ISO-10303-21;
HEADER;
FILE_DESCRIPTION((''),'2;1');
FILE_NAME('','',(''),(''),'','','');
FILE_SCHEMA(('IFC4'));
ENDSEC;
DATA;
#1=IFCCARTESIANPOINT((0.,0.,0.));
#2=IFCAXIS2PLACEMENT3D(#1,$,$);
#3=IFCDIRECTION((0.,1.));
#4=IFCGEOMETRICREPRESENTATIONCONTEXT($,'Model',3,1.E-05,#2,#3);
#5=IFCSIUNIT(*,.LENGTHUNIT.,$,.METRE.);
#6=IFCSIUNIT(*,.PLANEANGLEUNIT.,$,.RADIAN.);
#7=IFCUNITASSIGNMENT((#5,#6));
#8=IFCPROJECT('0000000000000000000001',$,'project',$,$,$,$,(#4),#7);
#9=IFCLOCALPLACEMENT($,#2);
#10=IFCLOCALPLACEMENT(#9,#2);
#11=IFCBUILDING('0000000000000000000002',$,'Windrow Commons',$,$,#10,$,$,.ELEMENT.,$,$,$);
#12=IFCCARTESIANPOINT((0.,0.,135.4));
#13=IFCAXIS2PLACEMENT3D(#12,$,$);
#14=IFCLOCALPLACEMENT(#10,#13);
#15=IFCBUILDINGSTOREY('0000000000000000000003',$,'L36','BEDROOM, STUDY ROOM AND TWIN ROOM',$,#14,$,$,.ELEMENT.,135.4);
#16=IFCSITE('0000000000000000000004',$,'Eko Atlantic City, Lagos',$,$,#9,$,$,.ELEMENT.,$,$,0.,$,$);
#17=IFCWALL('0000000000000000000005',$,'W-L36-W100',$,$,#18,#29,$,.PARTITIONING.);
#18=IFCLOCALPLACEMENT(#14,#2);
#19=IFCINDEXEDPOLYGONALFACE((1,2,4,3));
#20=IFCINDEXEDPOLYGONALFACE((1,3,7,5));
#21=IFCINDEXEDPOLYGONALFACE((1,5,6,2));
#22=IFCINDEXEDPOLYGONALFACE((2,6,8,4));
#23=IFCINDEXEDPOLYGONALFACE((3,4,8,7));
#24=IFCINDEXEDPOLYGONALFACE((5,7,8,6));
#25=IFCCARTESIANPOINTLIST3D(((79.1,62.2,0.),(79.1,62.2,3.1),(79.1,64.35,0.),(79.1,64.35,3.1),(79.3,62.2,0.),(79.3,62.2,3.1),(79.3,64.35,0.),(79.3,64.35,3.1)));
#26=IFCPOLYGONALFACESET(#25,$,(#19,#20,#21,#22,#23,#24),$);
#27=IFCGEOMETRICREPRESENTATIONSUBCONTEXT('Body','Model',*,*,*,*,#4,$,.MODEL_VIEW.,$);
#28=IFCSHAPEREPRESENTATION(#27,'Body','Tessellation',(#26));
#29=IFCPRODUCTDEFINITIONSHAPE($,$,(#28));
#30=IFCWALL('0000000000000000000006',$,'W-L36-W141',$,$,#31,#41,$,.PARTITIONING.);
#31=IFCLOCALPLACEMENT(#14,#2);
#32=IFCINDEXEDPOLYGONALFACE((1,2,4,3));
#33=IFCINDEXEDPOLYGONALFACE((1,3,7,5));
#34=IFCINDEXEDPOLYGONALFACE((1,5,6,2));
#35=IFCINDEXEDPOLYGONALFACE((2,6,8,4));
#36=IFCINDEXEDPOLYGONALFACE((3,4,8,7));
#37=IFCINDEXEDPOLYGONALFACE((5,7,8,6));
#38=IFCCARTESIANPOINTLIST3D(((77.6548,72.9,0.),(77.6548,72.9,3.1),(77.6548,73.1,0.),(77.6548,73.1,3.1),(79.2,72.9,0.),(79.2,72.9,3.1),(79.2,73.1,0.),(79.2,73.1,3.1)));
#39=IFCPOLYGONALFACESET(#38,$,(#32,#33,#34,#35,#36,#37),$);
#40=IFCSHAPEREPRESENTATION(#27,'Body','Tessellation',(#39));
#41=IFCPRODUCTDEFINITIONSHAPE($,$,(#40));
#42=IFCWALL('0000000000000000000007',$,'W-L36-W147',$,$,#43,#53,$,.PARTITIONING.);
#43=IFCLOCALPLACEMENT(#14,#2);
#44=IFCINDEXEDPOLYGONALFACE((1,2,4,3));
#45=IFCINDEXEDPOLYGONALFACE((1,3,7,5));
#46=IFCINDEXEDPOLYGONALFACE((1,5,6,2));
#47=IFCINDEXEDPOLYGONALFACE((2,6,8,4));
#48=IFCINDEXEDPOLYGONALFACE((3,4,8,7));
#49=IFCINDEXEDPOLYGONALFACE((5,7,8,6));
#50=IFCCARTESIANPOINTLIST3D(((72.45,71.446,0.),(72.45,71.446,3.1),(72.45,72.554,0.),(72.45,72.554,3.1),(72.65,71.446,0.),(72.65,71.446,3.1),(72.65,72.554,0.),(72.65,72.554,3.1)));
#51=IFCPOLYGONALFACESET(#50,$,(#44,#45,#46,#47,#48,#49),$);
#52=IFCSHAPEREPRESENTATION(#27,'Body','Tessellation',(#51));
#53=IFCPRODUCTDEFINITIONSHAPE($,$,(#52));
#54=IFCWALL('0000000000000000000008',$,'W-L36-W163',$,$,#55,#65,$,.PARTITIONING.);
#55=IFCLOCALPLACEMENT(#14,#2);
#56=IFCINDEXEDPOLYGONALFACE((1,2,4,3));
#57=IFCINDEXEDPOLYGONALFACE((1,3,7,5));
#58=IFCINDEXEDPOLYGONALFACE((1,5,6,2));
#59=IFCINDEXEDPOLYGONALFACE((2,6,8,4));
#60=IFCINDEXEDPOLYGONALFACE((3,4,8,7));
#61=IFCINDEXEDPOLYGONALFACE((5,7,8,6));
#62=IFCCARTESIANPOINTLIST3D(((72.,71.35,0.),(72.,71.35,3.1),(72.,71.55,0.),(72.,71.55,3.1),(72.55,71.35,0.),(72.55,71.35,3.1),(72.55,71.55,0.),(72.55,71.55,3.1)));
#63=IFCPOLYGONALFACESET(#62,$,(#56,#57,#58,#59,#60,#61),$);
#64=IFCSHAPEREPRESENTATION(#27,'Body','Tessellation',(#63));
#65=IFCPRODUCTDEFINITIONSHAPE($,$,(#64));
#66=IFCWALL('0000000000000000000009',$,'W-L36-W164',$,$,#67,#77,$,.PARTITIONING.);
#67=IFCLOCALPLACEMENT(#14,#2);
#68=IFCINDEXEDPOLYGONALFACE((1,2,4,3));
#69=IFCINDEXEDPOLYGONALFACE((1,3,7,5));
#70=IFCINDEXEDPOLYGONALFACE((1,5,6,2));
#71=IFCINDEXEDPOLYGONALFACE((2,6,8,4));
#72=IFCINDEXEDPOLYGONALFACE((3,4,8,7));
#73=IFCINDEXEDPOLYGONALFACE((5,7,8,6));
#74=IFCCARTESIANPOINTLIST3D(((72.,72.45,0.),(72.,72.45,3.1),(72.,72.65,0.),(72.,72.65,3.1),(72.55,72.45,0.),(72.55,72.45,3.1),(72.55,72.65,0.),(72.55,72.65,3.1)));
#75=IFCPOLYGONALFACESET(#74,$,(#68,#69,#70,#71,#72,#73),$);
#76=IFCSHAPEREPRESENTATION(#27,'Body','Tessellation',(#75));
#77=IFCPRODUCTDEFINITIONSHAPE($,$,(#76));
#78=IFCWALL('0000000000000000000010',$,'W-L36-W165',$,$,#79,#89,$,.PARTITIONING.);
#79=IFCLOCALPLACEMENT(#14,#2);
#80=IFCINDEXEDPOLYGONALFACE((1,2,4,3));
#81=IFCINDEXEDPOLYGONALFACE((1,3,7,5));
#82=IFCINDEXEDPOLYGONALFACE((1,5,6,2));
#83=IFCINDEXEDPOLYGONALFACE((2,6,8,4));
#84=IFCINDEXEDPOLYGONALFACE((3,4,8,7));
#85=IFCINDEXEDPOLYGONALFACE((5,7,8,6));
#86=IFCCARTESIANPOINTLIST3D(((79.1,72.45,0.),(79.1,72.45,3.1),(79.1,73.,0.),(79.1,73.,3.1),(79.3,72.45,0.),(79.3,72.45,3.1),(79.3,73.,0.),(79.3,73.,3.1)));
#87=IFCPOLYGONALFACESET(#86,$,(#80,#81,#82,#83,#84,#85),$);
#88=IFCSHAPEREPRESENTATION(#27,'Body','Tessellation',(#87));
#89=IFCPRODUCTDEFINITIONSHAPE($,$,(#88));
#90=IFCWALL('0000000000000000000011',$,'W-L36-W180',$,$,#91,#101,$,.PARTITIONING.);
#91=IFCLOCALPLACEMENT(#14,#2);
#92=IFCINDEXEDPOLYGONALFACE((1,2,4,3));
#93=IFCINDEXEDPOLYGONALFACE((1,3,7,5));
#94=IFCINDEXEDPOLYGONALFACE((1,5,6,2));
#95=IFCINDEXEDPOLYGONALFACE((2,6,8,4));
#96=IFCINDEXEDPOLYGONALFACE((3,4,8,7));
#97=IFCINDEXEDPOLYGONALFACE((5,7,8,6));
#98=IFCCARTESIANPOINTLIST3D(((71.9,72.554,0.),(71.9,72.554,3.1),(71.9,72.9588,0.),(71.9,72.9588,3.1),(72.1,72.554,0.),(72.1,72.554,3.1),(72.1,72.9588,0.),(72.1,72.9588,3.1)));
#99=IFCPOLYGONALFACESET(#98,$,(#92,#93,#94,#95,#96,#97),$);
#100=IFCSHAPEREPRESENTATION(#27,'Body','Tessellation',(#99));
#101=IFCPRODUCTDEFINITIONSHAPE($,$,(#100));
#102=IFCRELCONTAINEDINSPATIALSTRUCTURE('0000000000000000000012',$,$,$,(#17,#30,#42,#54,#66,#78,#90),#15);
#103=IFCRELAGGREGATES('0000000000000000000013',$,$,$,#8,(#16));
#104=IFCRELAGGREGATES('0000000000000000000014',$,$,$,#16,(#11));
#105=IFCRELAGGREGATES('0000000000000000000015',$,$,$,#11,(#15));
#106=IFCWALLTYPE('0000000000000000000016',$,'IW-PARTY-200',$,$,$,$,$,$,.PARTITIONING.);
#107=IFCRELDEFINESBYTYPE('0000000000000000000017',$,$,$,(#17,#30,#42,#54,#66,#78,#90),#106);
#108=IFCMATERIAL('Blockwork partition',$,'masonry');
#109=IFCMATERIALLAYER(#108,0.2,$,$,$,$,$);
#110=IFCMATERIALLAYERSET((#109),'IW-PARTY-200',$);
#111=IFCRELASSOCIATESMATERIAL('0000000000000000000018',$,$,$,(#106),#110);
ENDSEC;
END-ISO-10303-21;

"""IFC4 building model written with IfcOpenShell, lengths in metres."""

from ifc_helpers import new_model, si_unit, direction, frame, frame_2d, origin, place, context, subcontext, project, spatial, rectangle, extrude, material, layer, layer_set, type_object, element, save


model = new_model("IFC4")

# Units and contexts
model_context = context("Model", 3, precision=1e-05, world=origin(), true_north=direction((0.0, 1.0)))
body_context = subcontext(model_context, "Body", "Model", "MODEL_VIEW")
ifc_project = project(units=[si_unit("LENGTHUNIT", "METRE"), si_unit("PLANEANGLEUNIT", "RADIAN")], contexts=[model_context])

# Site, building, storey
site_placement = place(None, origin())
site = spatial("IfcSite", under=ifc_project, at=site_placement, Name="Eko Atlantic City, Lagos", CompositionType="ELEMENT", RefElevation=0.0)
building_placement = place(site_placement, origin())
building = spatial("IfcBuilding", under=site, at=building_placement, Name="Windrow Commons", CompositionType="ELEMENT")
storey_placement = place(building_placement, frame((0.0, 0.0, 135.4)))
storey = spatial("IfcBuildingStorey", under=building, at=storey_placement, Name="L36", Description="BEDROOM, STUDY ROOM AND TWIN ROOM", CompositionType="ELEMENT", Elevation=135.4)

# Walls
ifc_material_1 = material(Name="Blockwork partition", Category="masonry")
ifc_layer_1 = layer(ifc_material_1, 0.2)
ifc_layer_set_1 = layer_set([ifc_layer_1], Name="IW-PARTY-200")
wall_type_1 = type_object("IfcWallType", Name="IW-PARTY-200", PredefinedType="PARTITIONING", material=ifc_layer_set_1)
wall_1_placement = place(storey_placement, frame((79.2, 62.2, 0.0), z_axis=(0.0, 0.0, 1.0), x_axis=(0.0, 1.0, 0.0)))
element("IfcWall", 1, at=wall_1_placement, inside=storey, type_object=wall_type_1, Name="W-L36-W100", PredefinedType="PARTITIONING", context=body_context, shape_type="SweptSolid", body=[
    extrude(rectangle(XDim=2.15, YDim=0.2, at=frame_2d((1.075, 0.0))), origin(), (0.0, 0.0, 1.0), 3.1),
])
wall_2_placement = place(storey_placement, frame((77.6548, 73.0, 0.0), z_axis=(0.0, 0.0, 1.0), x_axis=(1.0, 0.0, 0.0)))
element("IfcWall", 2, at=wall_2_placement, inside=storey, type_object=wall_type_1, Name="W-L36-W141", PredefinedType="PARTITIONING", context=body_context, shape_type="SweptSolid", body=[
    extrude(rectangle(XDim=1.5452, YDim=0.2, at=frame_2d((0.7726, 0.0))), origin(), (0.0, 0.0, 1.0), 3.1),
])
wall_3_placement = place(storey_placement, frame((72.55, 71.446, 0.0), z_axis=(0.0, 0.0, 1.0), x_axis=(0.0, 1.0, 0.0)))
element("IfcWall", 3, at=wall_3_placement, inside=storey, type_object=wall_type_1, Name="W-L36-W147", PredefinedType="PARTITIONING", context=body_context, shape_type="SweptSolid", body=[
    extrude(rectangle(XDim=1.108, YDim=0.2, at=frame_2d((0.554, 0.0))), origin(), (0.0, 0.0, 1.0), 3.1),
])
for number, where, z_axis, x_axis, name in (
    (4, (72.0, 71.45, 0.0), (0.0, 0.0, 1.0), (1.0, 0.0, 0.0), "W-L36-W163"),
    (5, (72.0, 72.55, 0.0), (0.0, 0.0, 1.0), (1.0, 0.0, 0.0), "W-L36-W164"),
    (6, (79.2, 72.45, 0.0), (0.0, 0.0, 1.0), (0.0, 1.0, 0.0), "W-L36-W165"),
):
    element("IfcWall", number, at=place(storey_placement, frame(where, z_axis=z_axis, x_axis=x_axis)), inside=storey, type_object=wall_type_1, Name=name, PredefinedType="PARTITIONING", context=body_context, shape_type="SweptSolid", body=[
        extrude(rectangle(XDim=0.55, YDim=0.2, at=frame_2d((0.275, 0.0))), origin(), (0.0, 0.0, 1.0), 3.1),
    ])
wall_4_placement = place(storey_placement, frame((72.0, 72.554, 0.0), z_axis=(0.0, 0.0, 1.0), x_axis=(0.0, 1.0, 0.0)))
element("IfcWall", 7, at=wall_4_placement, inside=storey, type_object=wall_type_1, Name="W-L36-W180", PredefinedType="PARTITIONING", context=body_context, shape_type="SweptSolid", body=[
    extrude(rectangle(XDim=0.4049, YDim=0.2, at=frame_2d((0.2024, 0.0))), origin(), (0.0, 0.0, 1.0), 3.1),
])

save(model, "model.ifc")
